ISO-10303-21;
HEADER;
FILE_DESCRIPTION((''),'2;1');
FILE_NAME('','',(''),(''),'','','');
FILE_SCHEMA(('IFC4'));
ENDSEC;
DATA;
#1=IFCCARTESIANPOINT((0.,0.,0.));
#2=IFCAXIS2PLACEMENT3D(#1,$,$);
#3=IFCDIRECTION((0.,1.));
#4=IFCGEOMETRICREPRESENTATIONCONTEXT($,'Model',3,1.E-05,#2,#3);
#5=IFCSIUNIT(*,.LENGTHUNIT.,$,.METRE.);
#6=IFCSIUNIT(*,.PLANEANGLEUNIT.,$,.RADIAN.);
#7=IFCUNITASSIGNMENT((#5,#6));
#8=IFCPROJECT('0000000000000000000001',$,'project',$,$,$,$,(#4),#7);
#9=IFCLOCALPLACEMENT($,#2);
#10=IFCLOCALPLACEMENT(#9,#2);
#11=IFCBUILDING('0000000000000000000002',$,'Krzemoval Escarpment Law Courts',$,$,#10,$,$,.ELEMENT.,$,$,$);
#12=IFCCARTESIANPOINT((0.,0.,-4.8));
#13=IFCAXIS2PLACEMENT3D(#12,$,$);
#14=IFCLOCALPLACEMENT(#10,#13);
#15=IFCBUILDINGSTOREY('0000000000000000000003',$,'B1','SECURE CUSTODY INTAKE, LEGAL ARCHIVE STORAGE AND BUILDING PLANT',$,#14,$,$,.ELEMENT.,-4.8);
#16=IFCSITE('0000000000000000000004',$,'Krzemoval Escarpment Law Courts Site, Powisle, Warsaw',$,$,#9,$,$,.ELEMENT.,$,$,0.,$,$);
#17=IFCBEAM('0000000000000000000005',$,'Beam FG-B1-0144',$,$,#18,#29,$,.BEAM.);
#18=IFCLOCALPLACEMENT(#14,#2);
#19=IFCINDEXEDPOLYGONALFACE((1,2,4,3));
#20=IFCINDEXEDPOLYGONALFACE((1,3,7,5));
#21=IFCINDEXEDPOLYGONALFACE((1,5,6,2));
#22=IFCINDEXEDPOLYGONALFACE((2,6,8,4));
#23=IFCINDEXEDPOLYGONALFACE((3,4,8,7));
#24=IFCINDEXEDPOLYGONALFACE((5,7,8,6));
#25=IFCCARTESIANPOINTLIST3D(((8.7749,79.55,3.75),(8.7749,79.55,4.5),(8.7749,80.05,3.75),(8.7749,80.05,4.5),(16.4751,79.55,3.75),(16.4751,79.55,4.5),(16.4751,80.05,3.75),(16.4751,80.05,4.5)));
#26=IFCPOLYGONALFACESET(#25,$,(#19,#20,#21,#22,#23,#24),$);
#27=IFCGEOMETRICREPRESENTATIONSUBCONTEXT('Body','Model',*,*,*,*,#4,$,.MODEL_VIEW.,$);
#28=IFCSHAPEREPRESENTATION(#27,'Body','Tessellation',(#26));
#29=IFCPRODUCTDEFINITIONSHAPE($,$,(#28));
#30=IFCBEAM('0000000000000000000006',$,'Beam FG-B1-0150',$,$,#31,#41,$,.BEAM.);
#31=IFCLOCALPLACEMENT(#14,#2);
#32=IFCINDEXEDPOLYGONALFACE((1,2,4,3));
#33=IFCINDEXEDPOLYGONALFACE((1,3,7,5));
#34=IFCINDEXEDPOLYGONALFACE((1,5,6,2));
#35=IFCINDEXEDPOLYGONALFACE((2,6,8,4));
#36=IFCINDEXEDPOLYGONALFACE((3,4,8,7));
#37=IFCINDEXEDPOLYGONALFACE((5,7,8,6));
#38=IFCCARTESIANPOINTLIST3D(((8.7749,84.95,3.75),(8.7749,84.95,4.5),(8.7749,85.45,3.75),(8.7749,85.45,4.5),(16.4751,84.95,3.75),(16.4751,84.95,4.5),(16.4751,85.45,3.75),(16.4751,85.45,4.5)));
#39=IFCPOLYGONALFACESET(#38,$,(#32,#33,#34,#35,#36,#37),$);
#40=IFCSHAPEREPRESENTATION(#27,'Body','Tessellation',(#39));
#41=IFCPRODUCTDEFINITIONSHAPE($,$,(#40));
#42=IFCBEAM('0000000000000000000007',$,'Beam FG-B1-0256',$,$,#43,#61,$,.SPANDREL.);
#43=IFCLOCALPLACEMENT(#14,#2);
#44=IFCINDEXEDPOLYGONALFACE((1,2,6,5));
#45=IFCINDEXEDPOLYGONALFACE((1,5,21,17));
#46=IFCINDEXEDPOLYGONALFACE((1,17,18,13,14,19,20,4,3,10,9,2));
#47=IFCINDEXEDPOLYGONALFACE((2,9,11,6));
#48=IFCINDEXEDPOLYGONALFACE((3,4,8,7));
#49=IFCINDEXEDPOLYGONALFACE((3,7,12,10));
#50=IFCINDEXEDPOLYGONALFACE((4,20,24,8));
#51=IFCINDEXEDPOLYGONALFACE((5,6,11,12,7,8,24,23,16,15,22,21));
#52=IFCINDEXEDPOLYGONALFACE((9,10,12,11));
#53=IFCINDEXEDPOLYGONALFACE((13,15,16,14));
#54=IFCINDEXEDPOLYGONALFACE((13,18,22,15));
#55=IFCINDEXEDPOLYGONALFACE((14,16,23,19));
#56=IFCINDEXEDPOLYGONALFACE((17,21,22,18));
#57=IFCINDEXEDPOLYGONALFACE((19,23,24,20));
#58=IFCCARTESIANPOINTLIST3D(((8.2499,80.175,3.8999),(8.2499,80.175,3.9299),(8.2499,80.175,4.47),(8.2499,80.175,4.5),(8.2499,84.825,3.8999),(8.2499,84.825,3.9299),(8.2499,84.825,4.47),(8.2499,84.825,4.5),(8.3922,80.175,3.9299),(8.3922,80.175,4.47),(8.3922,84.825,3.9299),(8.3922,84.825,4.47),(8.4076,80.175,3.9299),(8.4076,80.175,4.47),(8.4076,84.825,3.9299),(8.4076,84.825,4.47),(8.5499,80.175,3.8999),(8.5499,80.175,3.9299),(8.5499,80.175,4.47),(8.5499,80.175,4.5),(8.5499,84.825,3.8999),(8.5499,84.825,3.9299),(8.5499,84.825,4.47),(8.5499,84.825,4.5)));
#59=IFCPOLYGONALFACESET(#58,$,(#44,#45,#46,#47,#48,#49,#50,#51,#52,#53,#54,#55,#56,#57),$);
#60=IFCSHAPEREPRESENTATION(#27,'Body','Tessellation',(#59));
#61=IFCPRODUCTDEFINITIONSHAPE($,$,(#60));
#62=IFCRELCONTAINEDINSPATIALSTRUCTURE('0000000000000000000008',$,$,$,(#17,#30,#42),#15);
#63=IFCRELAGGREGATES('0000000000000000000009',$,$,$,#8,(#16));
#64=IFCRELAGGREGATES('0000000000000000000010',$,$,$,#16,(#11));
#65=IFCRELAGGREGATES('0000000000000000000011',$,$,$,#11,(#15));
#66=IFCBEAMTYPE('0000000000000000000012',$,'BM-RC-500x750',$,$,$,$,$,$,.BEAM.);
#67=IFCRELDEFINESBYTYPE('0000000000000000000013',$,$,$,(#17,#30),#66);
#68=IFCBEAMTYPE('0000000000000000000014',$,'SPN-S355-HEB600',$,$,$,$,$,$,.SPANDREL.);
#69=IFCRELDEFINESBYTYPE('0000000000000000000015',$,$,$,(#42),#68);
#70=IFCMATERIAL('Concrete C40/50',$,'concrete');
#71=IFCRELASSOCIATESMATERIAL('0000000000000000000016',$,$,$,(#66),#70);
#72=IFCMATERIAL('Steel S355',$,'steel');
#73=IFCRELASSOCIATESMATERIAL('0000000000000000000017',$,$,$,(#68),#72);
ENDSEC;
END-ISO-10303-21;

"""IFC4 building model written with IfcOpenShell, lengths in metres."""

from ifc_helpers import new_model, si_unit, direction, frame, origin, origin_2d, place, context, subcontext, project, spatial, rectangle, i_section, extrude, material, material_profile, profile_set, type_object, element, save


model = new_model("IFC4")

# Units and contexts
model_context = context("Model", 3, precision=1e-05, world=origin(), true_north=direction((0.0, 1.0)))
body_context = subcontext(model_context, "Body", "Model", "MODEL_VIEW")
ifc_project = project(units=[si_unit("LENGTHUNIT", "METRE"), si_unit("PLANEANGLEUNIT", "RADIAN")], contexts=[model_context])

# Site, building, storey
site_placement = place(None, origin())
site = spatial("IfcSite", under=ifc_project, at=site_placement, Name="Krzemoval Escarpment Law Courts Site, Powisle, Warsaw", CompositionType="ELEMENT", RefElevation=0.0)
building_placement = place(site_placement, origin())
building = spatial("IfcBuilding", under=site, at=building_placement, Name="Krzemoval Escarpment Law Courts", CompositionType="ELEMENT")
storey_placement = place(building_placement, frame((0.0, 0.0, -4.8)))
storey = spatial("IfcBuildingStorey", under=building, at=storey_placement, Name="B1", Description="SECURE CUSTODY INTAKE, LEGAL ARCHIVE STORAGE AND BUILDING PLANT", CompositionType="ELEMENT", Elevation=-4.8)

# Beams
ifc_material_1 = material(Name="Concrete C40/50", Category="concrete")
ifc_material_profile_1 = material_profile(ifc_material_1, rectangle(XDim=0.5, YDim=0.75, at=origin_2d()), Name="RCB 500x750")
ifc_profile_set_1 = profile_set([ifc_material_profile_1], Name="Concrete C40/50")
beam_type_1 = type_object("IfcBeamType", Name="BM-RC-500x750", PredefinedType="BEAM", material=ifc_profile_set_1)
for number, where, z_axis, x_axis, name in (
    (1, (8.7749, 79.8, 4.125), (1.0, 0.0, 0.0), (0.0, 1.0, 0.0), "Beam FG-B1-0144"),
    (2, (8.7749, 85.2, 4.125), (1.0, 0.0, 0.0), (0.0, 1.0, 0.0), "Beam FG-B1-0150"),
):
    element("IfcBeam", number, at=place(storey_placement, frame(where, z_axis=z_axis, x_axis=x_axis)), inside=storey, type_object=beam_type_1, Name=name, PredefinedType="BEAM", context=body_context, shape_type="SweptSolid", body=[
        extrude(rectangle(XDim=0.5, YDim=0.75, at=origin_2d()), origin(), (0.0, 0.0, 1.0), 7.7002),
    ])
ifc_material_2 = material(Name="Steel S355", Category="steel")
ifc_material_profile_2 = material_profile(ifc_material_2, i_section(OverallWidth=0.3, OverallDepth=0.6001, WebThickness=0.0154, FlangeThickness=0.03, at=origin_2d()), Name="HEB 600")
ifc_profile_set_2 = profile_set([ifc_material_profile_2], Name="Steel S355")
beam_type_2 = type_object("IfcBeamType", Name="SPN-S355-HEB600", PredefinedType="SPANDREL", material=ifc_profile_set_2)
beam_1_placement = place(storey_placement, frame((8.3999, 80.175, 4.2), z_axis=(0.0, 1.0, 0.0), x_axis=(-1.0, 0.0, 0.0)))
element("IfcBeam", 3, at=beam_1_placement, inside=storey, type_object=beam_type_2, Name="Beam FG-B1-0256", PredefinedType="SPANDREL", context=body_context, shape_type="SweptSolid", body=[
    extrude(i_section(OverallWidth=0.3, OverallDepth=0.6001, WebThickness=0.0154, FlangeThickness=0.03, at=origin_2d()), origin(), (0.0, 0.0, 1.0), 4.6499),
])

save(model, "model.ifc")
